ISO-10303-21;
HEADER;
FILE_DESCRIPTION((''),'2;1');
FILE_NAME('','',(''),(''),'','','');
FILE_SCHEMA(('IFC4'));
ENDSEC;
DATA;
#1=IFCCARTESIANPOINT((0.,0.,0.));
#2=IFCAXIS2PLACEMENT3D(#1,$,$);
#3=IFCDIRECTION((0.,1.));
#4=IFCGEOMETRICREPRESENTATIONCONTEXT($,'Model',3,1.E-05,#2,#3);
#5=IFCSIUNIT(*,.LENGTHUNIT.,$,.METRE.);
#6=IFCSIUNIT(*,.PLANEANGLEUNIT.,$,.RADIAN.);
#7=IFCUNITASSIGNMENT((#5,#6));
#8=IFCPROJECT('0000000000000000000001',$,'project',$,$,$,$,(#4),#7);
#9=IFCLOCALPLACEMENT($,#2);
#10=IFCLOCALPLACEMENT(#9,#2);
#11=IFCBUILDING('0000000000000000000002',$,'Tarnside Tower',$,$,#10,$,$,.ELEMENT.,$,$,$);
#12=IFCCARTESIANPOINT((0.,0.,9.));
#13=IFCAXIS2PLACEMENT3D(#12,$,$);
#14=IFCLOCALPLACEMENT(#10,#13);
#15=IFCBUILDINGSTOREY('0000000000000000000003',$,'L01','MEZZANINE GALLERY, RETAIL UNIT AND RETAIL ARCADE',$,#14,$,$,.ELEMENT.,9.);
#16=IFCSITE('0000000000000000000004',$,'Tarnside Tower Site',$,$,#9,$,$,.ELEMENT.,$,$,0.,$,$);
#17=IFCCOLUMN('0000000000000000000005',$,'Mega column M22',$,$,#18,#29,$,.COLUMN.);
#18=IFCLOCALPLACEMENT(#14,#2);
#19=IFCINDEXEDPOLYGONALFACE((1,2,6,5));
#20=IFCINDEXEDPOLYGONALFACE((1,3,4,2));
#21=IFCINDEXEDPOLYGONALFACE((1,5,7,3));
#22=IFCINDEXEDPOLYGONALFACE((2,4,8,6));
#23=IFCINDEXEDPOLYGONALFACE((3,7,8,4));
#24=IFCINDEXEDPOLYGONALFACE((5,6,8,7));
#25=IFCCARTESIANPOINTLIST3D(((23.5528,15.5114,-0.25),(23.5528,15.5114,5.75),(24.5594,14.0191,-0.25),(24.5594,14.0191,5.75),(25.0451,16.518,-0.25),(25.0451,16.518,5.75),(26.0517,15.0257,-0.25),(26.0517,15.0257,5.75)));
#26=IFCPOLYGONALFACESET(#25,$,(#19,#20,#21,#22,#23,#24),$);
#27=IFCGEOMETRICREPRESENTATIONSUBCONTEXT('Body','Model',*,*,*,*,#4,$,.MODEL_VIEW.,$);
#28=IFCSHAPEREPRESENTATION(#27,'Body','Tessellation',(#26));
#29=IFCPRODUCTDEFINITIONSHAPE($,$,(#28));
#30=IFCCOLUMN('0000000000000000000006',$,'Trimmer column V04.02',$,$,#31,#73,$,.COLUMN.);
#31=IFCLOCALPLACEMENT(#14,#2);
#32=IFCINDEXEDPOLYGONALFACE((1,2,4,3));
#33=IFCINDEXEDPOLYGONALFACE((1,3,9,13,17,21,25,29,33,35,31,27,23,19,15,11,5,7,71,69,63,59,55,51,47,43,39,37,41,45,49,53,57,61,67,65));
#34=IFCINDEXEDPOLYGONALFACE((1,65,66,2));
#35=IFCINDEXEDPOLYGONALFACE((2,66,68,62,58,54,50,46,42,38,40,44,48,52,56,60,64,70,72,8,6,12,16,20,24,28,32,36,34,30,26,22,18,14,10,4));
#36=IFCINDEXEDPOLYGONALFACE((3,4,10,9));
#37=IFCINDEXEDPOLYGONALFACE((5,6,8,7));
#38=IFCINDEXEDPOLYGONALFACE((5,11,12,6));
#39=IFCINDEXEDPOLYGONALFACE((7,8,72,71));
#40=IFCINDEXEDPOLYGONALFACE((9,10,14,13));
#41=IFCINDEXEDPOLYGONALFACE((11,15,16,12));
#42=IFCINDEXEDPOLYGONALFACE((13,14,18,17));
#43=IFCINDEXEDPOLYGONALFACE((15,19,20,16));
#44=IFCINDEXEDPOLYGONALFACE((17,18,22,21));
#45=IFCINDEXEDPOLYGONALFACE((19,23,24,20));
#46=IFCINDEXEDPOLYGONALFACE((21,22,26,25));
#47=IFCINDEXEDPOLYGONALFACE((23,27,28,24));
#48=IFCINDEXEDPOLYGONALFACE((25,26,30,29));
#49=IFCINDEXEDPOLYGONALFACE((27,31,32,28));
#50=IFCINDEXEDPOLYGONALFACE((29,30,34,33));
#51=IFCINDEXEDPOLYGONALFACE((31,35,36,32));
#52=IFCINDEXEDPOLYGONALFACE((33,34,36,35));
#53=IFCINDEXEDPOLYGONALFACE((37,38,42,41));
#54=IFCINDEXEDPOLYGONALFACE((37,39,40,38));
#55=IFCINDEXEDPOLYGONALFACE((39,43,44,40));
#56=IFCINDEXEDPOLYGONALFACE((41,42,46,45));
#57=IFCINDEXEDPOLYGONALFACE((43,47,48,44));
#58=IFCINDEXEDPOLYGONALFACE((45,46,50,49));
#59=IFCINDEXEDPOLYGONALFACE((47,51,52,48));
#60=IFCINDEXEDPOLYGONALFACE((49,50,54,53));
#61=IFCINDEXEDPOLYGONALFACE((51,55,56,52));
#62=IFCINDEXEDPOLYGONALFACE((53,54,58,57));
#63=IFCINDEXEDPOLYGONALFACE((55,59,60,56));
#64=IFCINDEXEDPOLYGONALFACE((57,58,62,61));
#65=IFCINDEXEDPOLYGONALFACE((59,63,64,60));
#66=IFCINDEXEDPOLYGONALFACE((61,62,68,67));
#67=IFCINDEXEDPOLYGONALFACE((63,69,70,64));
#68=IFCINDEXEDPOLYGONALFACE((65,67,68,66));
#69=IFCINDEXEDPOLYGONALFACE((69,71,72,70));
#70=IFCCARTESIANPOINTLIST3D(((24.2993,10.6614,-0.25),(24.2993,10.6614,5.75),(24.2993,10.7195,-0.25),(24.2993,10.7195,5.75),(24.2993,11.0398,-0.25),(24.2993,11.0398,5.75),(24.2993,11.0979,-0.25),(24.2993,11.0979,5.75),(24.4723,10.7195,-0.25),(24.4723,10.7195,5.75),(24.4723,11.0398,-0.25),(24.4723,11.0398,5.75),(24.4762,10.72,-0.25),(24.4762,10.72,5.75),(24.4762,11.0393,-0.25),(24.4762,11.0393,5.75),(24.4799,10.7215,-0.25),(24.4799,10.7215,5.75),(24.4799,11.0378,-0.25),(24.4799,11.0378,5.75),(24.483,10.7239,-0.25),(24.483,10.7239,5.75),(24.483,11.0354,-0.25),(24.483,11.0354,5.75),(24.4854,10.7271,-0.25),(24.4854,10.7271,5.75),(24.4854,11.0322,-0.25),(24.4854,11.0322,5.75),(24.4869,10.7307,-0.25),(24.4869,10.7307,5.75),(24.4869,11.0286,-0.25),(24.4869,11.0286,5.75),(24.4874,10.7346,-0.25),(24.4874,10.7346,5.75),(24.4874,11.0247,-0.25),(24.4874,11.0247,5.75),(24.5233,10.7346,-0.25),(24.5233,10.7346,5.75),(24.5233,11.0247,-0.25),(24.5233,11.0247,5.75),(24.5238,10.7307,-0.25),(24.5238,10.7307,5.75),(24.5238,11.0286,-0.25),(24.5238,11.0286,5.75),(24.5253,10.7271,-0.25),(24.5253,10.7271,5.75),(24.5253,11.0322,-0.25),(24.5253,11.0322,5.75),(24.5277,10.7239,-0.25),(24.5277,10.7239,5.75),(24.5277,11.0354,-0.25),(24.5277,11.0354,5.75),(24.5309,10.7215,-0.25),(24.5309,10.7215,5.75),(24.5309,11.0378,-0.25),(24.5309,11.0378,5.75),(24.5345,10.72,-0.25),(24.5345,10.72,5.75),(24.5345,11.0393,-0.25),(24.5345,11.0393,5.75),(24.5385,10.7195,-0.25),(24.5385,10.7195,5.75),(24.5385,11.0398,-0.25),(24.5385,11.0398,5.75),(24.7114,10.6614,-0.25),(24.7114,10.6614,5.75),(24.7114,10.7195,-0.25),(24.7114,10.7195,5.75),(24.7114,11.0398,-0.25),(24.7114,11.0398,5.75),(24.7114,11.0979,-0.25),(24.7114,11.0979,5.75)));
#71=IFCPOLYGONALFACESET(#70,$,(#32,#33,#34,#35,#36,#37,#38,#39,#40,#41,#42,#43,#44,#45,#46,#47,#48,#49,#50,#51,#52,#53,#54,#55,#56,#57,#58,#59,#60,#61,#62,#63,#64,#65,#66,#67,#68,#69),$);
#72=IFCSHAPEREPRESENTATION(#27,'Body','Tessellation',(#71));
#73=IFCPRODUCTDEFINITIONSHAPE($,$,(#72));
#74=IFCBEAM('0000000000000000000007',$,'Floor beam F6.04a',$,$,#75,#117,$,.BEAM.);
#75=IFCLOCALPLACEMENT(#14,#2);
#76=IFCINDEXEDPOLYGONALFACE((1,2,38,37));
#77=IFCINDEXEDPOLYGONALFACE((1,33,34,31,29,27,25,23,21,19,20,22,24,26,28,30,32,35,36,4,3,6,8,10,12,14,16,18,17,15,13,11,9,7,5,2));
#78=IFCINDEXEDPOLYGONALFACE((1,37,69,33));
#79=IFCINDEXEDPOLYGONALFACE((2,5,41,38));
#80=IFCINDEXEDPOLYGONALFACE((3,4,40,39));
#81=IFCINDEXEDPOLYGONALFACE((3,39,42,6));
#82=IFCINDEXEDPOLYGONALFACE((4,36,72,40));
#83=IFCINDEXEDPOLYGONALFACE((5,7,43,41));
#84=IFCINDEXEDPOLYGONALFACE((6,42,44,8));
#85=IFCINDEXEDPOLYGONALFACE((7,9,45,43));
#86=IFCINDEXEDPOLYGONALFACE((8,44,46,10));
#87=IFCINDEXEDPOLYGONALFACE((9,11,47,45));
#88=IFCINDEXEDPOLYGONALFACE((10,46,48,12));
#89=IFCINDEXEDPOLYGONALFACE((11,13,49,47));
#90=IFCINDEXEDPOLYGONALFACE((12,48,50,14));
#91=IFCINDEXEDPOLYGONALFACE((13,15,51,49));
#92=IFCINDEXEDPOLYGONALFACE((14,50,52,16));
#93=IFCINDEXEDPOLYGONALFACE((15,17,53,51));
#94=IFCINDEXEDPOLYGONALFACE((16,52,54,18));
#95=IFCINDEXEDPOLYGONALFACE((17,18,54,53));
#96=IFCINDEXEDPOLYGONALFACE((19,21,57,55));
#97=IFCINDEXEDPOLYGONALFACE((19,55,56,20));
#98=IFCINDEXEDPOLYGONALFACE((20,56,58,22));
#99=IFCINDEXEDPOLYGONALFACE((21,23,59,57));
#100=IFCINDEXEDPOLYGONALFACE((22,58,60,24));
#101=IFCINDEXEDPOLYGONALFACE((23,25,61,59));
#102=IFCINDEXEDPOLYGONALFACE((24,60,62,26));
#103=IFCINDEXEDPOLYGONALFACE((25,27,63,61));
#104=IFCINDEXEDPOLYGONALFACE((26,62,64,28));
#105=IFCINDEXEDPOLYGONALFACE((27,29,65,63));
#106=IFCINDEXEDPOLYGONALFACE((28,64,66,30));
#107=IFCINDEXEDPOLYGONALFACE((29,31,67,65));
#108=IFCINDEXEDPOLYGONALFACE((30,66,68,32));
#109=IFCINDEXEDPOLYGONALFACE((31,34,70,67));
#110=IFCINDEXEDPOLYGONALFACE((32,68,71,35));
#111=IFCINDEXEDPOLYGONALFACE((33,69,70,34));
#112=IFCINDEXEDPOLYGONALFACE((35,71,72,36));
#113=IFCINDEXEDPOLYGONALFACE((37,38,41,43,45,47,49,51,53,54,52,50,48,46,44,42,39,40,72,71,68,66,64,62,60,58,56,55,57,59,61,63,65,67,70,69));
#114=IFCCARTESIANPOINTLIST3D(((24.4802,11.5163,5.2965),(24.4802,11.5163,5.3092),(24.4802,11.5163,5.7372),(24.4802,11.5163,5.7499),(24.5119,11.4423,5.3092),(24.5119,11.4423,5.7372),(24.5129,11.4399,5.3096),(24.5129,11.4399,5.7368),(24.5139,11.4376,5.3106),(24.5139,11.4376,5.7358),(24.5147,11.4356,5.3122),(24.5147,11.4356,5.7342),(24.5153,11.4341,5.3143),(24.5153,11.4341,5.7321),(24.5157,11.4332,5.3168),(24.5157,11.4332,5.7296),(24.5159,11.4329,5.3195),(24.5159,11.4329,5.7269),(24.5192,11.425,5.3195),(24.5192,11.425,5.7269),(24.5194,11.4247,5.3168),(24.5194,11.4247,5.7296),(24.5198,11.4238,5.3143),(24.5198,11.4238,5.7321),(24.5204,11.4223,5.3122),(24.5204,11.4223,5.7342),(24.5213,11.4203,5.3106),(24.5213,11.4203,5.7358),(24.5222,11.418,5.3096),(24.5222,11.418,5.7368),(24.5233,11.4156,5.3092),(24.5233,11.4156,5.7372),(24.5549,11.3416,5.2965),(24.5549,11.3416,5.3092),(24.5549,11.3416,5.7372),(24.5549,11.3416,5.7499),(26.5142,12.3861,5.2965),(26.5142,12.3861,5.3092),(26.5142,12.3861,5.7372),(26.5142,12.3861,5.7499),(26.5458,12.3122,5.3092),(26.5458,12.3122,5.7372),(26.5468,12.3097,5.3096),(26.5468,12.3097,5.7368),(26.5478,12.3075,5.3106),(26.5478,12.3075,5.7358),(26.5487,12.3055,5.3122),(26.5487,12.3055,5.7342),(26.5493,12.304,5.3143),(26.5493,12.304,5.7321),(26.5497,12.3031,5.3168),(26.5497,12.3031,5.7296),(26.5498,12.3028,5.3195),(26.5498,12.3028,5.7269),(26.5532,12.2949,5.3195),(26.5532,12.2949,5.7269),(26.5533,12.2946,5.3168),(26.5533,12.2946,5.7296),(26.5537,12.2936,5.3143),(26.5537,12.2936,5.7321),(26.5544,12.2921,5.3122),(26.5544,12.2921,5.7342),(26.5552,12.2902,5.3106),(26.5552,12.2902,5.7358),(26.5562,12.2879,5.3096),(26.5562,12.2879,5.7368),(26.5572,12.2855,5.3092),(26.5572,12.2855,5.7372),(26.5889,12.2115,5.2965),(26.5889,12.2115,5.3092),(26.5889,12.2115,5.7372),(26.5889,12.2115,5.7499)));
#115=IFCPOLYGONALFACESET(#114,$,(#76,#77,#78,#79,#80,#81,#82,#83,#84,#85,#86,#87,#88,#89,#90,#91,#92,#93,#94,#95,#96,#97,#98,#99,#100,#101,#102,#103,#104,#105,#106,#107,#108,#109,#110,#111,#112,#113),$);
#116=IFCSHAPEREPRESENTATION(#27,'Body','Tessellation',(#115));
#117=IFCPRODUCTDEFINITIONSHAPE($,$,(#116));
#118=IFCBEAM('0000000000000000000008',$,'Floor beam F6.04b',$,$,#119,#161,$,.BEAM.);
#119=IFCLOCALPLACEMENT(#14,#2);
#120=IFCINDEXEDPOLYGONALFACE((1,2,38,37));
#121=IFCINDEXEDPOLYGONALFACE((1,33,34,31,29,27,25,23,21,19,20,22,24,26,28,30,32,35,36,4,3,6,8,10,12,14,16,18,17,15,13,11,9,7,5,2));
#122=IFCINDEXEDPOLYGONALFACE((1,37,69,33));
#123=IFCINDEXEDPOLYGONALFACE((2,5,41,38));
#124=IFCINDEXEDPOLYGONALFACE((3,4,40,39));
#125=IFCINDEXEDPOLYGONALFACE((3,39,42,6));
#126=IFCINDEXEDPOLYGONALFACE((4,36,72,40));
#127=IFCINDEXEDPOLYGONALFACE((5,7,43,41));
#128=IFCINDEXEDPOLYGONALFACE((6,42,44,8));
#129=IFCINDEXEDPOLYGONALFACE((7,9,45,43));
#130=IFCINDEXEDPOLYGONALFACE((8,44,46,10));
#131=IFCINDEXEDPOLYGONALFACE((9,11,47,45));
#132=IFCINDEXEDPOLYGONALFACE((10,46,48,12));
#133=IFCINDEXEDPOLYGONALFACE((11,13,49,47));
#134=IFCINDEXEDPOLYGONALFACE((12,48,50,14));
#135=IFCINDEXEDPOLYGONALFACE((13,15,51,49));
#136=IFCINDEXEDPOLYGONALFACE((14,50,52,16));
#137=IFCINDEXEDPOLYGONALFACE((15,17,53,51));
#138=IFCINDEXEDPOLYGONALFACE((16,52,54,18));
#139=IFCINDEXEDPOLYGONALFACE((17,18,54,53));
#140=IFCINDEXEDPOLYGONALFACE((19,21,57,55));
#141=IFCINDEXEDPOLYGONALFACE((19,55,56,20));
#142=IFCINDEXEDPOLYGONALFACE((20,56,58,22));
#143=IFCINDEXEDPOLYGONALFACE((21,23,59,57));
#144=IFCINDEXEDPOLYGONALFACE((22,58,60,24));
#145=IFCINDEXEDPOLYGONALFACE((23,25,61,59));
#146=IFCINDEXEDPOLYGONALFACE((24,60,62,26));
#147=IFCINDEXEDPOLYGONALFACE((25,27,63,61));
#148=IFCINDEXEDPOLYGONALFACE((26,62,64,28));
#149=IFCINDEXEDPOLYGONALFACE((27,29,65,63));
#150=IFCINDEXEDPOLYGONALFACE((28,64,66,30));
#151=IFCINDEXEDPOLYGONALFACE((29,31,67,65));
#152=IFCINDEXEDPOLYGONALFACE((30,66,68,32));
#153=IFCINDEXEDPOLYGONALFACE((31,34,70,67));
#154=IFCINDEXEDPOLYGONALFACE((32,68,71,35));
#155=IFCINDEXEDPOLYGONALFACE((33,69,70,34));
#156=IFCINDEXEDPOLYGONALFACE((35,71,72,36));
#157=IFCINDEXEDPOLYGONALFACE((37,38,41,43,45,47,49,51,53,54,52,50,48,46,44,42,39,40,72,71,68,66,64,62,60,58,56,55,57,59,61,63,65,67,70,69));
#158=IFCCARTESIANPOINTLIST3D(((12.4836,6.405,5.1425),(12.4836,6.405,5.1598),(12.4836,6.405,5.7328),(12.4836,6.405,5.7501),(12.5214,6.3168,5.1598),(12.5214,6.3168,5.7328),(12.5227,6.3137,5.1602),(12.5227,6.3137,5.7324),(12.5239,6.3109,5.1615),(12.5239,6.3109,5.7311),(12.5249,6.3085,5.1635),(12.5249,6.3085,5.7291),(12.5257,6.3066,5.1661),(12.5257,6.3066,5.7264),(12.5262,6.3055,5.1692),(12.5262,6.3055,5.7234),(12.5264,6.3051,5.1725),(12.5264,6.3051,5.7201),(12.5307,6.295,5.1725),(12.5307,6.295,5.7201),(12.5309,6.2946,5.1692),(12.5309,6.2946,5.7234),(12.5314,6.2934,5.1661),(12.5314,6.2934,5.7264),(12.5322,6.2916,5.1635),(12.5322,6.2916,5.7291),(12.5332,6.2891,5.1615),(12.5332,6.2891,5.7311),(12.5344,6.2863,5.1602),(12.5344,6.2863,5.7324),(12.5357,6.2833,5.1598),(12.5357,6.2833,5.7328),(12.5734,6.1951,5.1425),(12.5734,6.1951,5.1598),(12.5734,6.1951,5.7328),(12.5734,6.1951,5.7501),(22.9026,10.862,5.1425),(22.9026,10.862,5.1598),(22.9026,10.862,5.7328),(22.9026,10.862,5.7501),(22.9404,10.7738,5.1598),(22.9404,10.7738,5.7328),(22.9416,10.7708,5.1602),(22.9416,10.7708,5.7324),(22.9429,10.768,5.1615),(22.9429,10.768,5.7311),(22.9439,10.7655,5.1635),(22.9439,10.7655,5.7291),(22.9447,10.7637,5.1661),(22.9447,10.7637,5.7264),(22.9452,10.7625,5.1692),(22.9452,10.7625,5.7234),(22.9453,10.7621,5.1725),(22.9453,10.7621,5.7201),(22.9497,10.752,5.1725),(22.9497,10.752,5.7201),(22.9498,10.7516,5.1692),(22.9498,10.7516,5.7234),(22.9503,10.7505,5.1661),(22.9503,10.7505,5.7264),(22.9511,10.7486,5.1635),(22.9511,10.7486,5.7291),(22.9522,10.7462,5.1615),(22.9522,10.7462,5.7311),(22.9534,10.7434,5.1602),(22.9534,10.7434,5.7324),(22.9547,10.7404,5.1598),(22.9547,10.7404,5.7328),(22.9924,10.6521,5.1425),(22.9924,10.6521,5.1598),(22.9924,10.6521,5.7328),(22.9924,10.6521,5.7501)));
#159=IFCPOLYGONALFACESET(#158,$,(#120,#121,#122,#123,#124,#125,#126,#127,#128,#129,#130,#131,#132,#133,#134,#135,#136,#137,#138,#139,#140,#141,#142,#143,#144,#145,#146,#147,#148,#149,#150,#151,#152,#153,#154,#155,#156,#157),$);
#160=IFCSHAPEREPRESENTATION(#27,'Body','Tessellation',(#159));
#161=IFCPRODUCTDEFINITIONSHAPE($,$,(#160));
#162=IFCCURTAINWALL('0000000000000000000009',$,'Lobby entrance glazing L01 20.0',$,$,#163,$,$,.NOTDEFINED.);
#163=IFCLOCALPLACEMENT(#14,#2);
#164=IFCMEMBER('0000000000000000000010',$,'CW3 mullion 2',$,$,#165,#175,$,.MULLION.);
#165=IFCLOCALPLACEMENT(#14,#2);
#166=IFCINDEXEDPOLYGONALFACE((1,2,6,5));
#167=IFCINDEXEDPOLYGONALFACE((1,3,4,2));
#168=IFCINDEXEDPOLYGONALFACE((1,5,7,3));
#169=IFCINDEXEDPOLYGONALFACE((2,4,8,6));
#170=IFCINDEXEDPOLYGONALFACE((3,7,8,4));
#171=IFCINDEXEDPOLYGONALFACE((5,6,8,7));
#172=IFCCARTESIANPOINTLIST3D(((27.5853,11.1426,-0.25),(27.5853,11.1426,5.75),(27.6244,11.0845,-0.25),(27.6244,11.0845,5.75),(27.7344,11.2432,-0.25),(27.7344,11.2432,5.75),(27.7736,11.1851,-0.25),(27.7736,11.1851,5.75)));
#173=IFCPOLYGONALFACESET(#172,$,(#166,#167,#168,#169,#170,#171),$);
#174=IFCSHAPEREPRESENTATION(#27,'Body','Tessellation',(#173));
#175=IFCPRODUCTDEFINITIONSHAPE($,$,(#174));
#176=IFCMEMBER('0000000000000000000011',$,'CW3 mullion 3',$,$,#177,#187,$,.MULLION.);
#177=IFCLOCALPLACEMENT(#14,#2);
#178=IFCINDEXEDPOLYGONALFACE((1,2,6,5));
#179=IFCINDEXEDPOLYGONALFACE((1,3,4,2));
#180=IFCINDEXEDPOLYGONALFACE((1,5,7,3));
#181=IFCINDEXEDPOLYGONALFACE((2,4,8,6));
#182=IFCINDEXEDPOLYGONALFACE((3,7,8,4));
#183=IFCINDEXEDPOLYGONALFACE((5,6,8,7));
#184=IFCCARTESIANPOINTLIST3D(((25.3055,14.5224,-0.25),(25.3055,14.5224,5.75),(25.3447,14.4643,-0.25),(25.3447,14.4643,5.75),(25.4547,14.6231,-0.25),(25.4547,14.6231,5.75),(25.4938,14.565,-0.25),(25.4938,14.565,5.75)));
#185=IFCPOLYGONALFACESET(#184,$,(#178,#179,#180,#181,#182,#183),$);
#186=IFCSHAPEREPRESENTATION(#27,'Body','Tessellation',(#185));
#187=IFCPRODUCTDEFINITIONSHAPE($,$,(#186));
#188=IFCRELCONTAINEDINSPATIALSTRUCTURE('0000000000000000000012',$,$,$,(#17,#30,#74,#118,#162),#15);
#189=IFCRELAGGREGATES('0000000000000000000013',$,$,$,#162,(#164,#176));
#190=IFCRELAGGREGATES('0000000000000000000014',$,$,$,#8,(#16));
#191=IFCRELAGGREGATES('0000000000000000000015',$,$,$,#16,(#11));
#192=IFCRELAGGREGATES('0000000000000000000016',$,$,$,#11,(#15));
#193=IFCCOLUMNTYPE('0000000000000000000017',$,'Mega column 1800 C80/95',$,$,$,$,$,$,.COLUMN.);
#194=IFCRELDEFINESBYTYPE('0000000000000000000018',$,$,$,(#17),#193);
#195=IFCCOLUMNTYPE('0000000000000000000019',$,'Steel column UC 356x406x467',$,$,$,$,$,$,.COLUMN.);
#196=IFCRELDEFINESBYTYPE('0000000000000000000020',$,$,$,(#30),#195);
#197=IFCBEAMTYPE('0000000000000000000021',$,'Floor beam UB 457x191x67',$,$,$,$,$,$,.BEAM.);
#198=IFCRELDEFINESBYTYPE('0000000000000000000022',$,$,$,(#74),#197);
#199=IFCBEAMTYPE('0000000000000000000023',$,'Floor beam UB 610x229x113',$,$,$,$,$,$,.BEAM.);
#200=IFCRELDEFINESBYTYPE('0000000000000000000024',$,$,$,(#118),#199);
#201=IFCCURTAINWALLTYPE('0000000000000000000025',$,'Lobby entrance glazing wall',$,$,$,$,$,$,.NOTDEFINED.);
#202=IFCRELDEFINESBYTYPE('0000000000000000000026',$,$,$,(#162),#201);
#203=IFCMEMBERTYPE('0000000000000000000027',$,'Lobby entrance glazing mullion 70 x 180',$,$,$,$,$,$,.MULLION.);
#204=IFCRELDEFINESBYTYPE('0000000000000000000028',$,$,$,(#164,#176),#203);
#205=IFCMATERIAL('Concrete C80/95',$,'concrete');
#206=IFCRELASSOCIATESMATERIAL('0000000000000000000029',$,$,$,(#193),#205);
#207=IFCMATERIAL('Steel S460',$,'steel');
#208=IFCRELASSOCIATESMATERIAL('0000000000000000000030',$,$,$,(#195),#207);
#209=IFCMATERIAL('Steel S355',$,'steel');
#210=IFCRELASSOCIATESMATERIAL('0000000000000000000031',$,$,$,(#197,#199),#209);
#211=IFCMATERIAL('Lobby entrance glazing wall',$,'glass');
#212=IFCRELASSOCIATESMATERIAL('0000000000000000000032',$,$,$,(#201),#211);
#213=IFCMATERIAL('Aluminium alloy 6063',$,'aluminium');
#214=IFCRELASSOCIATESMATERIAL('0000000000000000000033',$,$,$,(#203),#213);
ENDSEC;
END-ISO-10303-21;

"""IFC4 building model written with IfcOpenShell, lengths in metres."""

from ifc_helpers import new_model, si_unit, direction, frame, origin, origin_2d, place, context, subcontext, project, spatial, rectangle, i_section, extrude, material, material_profile, profile_set, type_object, element, aggregate, save


model = new_model("IFC4")

# Units and contexts
model_context = context("Model", 3, precision=1e-05, world=origin(), true_north=direction((0.0, 1.0)))
body_context = subcontext(model_context, "Body", "Model", "MODEL_VIEW")
ifc_project = project(units=[si_unit("LENGTHUNIT", "METRE"), si_unit("PLANEANGLEUNIT", "RADIAN")], contexts=[model_context])

# Site, building, storey
site_placement = place(None, origin())
site = spatial("IfcSite", under=ifc_project, at=site_placement, Name="Tarnside Tower Site", CompositionType="ELEMENT", RefElevation=0.0)
building_placement = place(site_placement, origin())
building = spatial("IfcBuilding", under=site, at=building_placement, Name="Tarnside Tower", CompositionType="ELEMENT")
storey_placement = place(building_placement, frame((0.0, 0.0, 9.0)))
storey = spatial("IfcBuildingStorey", under=building, at=storey_placement, Name="L01", Description="MEZZANINE GALLERY, RETAIL UNIT AND RETAIL ARCADE", CompositionType="ELEMENT", Elevation=9.0)

# Columns
ifc_material_1 = material(Name="Concrete C80/95", Category="concrete")
ifc_material_profile_1 = material_profile(ifc_material_1, rectangle(XDim=1.8, YDim=1.8, at=origin_2d()), Name="Mega column 1800x1800")
ifc_profile_set_1 = profile_set([ifc_material_profile_1], Name="Concrete C80/95")
column_type_1 = type_object("IfcColumnType", Name="Mega column 1800 C80/95", PredefinedType="COLUMN", material=ifc_profile_set_1)
column_1_placement = place(storey_placement, frame((24.8022, 15.2686, -0.25), z_axis=(0.0, 0.0, 1.0), x_axis=(0.559193, -0.829038, 0.0)))
element("IfcColumn", 1, at=column_1_placement, inside=storey, type_object=column_type_1, Name="Mega column M22", PredefinedType="COLUMN", context=body_context, shape_type="SweptSolid", body=[
    extrude(rectangle(XDim=1.8, YDim=1.8, at=origin_2d()), origin(), (0.0, 0.0, 1.0), 6.0),
])
ifc_material_2 = material(Name="Steel S460", Category="steel")
ifc_material_profile_2 = material_profile(ifc_material_2, i_section(OverallWidth=0.4121, OverallDepth=0.4365, WebThickness=0.0359, FlangeThickness=0.0581, FilletRadius=0.0151, at=origin_2d()), Name="UC 356x406x467")
ifc_profile_set_2 = profile_set([ifc_material_profile_2], Name="Steel S460")
column_type_2 = type_object("IfcColumnType", Name="Steel column UC 356x406x467", PredefinedType="COLUMN", material=ifc_profile_set_2)
column_2_placement = place(storey_placement, frame((24.5054, 10.8796, -0.25), z_axis=(0.0, 0.0, 1.0), x_axis=(1.0, 0.0, 0.0)))
element("IfcColumn", 2, at=column_2_placement, inside=storey, type_object=column_type_2, Name="Trimmer column V04.02", PredefinedType="COLUMN", context=body_context, shape_type="SweptSolid", body=[
    extrude(i_section(OverallWidth=0.4121, OverallDepth=0.4365, WebThickness=0.0359, FlangeThickness=0.0581, FilletRadius=0.0151, at=origin_2d()), origin(), (0.0, 0.0, 1.0), 6.0),
])

# Beams
ifc_material_3 = material(Name="Steel S355", Category="steel")
ifc_material_profile_3 = material_profile(ifc_material_3, i_section(OverallWidth=0.1899, OverallDepth=0.4534, WebThickness=0.0085, FlangeThickness=0.0127, FilletRadius=0.0103, at=origin_2d()), Name="UB 457x191x67")
ifc_profile_set_3 = profile_set([ifc_material_profile_3], Name="Steel S355")
beam_type_1 = type_object("IfcBeamType", Name="Floor beam UB 457x191x67", PredefinedType="BEAM", material=ifc_profile_set_3)
beam_1_placement = place(storey_placement, frame((26.5515, 12.2988, 5.5232), z_axis=(-0.919442, -0.393227, 0.0), x_axis=(0.393227, -0.919442, 0.0)))
element("IfcBeam", 3, at=beam_1_placement, inside=storey, type_object=beam_type_1, Name="Floor beam F6.04a", PredefinedType="BEAM", context=body_context, shape_type="SweptSolid", body=[
    extrude(i_section(OverallWidth=0.1899, OverallDepth=0.4534, WebThickness=0.0085, FlangeThickness=0.0127, FilletRadius=0.0103, at=origin_2d()), origin(), (0.0, 0.0, 1.0), 2.2122),
])
ifc_material_profile_4 = material_profile(ifc_material_3, i_section(OverallWidth=0.2283, OverallDepth=0.6077, WebThickness=0.011, FlangeThickness=0.0173, FilletRadius=0.0127, at=origin_2d()), Name="UB 610x229x113")
ifc_profile_set_4 = profile_set([ifc_material_profile_4], Name="Steel S355")
beam_type_2 = type_object("IfcBeamType", Name="Floor beam UB 610x229x113", PredefinedType="BEAM", material=ifc_profile_set_4)
beam_2_placement = place(storey_placement, frame((22.9475, 10.7571, 5.4463), z_axis=(-0.919408, -0.393306, 0.0), x_axis=(0.393306, -0.919408, 0.0)))
element("IfcBeam", 4, at=beam_2_placement, inside=storey, type_object=beam_type_2, Name="Floor beam F6.04b", PredefinedType="BEAM", context=body_context, shape_type="SweptSolid", body=[
    extrude(i_section(OverallWidth=0.2283, OverallDepth=0.6077, WebThickness=0.011, FlangeThickness=0.0173, FilletRadius=0.0127, at=origin_2d()), origin(), (0.0, 0.0, 1.0), 11.3323),
])

# Curtain wall, members
ifc_material_4 = material(Name="Lobby entrance glazing wall", Category="glass")
curtain_wall_type = type_object("IfcCurtainWallType", Name="Lobby entrance glazing wall", PredefinedType="NOTDEFINED", material=ifc_material_4)
curtain_wall_placement = place(storey_placement, origin())
curtain_wall = element("IfcCurtainWall", 5, at=curtain_wall_placement, inside=storey, type_object=curtain_wall_type, Name="Lobby entrance glazing L01 20.0", PredefinedType="NOTDEFINED")
ifc_material_5 = material(Name="Aluminium alloy 6063", Category="aluminium")
ifc_material_profile_5 = material_profile(ifc_material_5, rectangle(XDim=0.1799, YDim=0.0701, at=origin_2d()), Name="Lobby entrance glazing mullion 70 x 180")
ifc_profile_set_5 = profile_set([ifc_material_profile_5], Name="Aluminium alloy 6063")
member_type_1 = type_object("IfcMemberType", Name="Lobby entrance glazing mullion 70 x 180", PredefinedType="MULLION", material=ifc_profile_set_5)
member_1_placement = place(storey_placement, frame((27.6794, 11.1638, -0.25), z_axis=(0.0, 0.0, 1.0), x_axis=(-0.829038, -0.559193, 0.0)))
member_1 = element("IfcMember", 6, at=member_1_placement, type_object=member_type_1, Name="CW3 mullion 2", PredefinedType="MULLION", context=body_context, shape_type="SweptSolid", body=[
    extrude(rectangle(XDim=0.1799, YDim=0.0701, at=origin_2d()), origin(), (0.0, 0.0, 1.0), 6.0),
])
member_2_placement = place(storey_placement, frame((25.3997, 14.5437, -0.25), z_axis=(0.0, 0.0, 1.0), x_axis=(-0.829038, -0.559193, 0.0)))
member_2 = element("IfcMember", 7, at=member_2_placement, type_object=member_type_1, Name="CW3 mullion 3", PredefinedType="MULLION", context=body_context, shape_type="SweptSolid", body=[
    extrude(rectangle(XDim=0.1799, YDim=0.0701, at=origin_2d()), origin(), (0.0, 0.0, 1.0), 6.0),
])

aggregate(curtain_wall, [member_1, member_2])

save(model, "model.ifc")
